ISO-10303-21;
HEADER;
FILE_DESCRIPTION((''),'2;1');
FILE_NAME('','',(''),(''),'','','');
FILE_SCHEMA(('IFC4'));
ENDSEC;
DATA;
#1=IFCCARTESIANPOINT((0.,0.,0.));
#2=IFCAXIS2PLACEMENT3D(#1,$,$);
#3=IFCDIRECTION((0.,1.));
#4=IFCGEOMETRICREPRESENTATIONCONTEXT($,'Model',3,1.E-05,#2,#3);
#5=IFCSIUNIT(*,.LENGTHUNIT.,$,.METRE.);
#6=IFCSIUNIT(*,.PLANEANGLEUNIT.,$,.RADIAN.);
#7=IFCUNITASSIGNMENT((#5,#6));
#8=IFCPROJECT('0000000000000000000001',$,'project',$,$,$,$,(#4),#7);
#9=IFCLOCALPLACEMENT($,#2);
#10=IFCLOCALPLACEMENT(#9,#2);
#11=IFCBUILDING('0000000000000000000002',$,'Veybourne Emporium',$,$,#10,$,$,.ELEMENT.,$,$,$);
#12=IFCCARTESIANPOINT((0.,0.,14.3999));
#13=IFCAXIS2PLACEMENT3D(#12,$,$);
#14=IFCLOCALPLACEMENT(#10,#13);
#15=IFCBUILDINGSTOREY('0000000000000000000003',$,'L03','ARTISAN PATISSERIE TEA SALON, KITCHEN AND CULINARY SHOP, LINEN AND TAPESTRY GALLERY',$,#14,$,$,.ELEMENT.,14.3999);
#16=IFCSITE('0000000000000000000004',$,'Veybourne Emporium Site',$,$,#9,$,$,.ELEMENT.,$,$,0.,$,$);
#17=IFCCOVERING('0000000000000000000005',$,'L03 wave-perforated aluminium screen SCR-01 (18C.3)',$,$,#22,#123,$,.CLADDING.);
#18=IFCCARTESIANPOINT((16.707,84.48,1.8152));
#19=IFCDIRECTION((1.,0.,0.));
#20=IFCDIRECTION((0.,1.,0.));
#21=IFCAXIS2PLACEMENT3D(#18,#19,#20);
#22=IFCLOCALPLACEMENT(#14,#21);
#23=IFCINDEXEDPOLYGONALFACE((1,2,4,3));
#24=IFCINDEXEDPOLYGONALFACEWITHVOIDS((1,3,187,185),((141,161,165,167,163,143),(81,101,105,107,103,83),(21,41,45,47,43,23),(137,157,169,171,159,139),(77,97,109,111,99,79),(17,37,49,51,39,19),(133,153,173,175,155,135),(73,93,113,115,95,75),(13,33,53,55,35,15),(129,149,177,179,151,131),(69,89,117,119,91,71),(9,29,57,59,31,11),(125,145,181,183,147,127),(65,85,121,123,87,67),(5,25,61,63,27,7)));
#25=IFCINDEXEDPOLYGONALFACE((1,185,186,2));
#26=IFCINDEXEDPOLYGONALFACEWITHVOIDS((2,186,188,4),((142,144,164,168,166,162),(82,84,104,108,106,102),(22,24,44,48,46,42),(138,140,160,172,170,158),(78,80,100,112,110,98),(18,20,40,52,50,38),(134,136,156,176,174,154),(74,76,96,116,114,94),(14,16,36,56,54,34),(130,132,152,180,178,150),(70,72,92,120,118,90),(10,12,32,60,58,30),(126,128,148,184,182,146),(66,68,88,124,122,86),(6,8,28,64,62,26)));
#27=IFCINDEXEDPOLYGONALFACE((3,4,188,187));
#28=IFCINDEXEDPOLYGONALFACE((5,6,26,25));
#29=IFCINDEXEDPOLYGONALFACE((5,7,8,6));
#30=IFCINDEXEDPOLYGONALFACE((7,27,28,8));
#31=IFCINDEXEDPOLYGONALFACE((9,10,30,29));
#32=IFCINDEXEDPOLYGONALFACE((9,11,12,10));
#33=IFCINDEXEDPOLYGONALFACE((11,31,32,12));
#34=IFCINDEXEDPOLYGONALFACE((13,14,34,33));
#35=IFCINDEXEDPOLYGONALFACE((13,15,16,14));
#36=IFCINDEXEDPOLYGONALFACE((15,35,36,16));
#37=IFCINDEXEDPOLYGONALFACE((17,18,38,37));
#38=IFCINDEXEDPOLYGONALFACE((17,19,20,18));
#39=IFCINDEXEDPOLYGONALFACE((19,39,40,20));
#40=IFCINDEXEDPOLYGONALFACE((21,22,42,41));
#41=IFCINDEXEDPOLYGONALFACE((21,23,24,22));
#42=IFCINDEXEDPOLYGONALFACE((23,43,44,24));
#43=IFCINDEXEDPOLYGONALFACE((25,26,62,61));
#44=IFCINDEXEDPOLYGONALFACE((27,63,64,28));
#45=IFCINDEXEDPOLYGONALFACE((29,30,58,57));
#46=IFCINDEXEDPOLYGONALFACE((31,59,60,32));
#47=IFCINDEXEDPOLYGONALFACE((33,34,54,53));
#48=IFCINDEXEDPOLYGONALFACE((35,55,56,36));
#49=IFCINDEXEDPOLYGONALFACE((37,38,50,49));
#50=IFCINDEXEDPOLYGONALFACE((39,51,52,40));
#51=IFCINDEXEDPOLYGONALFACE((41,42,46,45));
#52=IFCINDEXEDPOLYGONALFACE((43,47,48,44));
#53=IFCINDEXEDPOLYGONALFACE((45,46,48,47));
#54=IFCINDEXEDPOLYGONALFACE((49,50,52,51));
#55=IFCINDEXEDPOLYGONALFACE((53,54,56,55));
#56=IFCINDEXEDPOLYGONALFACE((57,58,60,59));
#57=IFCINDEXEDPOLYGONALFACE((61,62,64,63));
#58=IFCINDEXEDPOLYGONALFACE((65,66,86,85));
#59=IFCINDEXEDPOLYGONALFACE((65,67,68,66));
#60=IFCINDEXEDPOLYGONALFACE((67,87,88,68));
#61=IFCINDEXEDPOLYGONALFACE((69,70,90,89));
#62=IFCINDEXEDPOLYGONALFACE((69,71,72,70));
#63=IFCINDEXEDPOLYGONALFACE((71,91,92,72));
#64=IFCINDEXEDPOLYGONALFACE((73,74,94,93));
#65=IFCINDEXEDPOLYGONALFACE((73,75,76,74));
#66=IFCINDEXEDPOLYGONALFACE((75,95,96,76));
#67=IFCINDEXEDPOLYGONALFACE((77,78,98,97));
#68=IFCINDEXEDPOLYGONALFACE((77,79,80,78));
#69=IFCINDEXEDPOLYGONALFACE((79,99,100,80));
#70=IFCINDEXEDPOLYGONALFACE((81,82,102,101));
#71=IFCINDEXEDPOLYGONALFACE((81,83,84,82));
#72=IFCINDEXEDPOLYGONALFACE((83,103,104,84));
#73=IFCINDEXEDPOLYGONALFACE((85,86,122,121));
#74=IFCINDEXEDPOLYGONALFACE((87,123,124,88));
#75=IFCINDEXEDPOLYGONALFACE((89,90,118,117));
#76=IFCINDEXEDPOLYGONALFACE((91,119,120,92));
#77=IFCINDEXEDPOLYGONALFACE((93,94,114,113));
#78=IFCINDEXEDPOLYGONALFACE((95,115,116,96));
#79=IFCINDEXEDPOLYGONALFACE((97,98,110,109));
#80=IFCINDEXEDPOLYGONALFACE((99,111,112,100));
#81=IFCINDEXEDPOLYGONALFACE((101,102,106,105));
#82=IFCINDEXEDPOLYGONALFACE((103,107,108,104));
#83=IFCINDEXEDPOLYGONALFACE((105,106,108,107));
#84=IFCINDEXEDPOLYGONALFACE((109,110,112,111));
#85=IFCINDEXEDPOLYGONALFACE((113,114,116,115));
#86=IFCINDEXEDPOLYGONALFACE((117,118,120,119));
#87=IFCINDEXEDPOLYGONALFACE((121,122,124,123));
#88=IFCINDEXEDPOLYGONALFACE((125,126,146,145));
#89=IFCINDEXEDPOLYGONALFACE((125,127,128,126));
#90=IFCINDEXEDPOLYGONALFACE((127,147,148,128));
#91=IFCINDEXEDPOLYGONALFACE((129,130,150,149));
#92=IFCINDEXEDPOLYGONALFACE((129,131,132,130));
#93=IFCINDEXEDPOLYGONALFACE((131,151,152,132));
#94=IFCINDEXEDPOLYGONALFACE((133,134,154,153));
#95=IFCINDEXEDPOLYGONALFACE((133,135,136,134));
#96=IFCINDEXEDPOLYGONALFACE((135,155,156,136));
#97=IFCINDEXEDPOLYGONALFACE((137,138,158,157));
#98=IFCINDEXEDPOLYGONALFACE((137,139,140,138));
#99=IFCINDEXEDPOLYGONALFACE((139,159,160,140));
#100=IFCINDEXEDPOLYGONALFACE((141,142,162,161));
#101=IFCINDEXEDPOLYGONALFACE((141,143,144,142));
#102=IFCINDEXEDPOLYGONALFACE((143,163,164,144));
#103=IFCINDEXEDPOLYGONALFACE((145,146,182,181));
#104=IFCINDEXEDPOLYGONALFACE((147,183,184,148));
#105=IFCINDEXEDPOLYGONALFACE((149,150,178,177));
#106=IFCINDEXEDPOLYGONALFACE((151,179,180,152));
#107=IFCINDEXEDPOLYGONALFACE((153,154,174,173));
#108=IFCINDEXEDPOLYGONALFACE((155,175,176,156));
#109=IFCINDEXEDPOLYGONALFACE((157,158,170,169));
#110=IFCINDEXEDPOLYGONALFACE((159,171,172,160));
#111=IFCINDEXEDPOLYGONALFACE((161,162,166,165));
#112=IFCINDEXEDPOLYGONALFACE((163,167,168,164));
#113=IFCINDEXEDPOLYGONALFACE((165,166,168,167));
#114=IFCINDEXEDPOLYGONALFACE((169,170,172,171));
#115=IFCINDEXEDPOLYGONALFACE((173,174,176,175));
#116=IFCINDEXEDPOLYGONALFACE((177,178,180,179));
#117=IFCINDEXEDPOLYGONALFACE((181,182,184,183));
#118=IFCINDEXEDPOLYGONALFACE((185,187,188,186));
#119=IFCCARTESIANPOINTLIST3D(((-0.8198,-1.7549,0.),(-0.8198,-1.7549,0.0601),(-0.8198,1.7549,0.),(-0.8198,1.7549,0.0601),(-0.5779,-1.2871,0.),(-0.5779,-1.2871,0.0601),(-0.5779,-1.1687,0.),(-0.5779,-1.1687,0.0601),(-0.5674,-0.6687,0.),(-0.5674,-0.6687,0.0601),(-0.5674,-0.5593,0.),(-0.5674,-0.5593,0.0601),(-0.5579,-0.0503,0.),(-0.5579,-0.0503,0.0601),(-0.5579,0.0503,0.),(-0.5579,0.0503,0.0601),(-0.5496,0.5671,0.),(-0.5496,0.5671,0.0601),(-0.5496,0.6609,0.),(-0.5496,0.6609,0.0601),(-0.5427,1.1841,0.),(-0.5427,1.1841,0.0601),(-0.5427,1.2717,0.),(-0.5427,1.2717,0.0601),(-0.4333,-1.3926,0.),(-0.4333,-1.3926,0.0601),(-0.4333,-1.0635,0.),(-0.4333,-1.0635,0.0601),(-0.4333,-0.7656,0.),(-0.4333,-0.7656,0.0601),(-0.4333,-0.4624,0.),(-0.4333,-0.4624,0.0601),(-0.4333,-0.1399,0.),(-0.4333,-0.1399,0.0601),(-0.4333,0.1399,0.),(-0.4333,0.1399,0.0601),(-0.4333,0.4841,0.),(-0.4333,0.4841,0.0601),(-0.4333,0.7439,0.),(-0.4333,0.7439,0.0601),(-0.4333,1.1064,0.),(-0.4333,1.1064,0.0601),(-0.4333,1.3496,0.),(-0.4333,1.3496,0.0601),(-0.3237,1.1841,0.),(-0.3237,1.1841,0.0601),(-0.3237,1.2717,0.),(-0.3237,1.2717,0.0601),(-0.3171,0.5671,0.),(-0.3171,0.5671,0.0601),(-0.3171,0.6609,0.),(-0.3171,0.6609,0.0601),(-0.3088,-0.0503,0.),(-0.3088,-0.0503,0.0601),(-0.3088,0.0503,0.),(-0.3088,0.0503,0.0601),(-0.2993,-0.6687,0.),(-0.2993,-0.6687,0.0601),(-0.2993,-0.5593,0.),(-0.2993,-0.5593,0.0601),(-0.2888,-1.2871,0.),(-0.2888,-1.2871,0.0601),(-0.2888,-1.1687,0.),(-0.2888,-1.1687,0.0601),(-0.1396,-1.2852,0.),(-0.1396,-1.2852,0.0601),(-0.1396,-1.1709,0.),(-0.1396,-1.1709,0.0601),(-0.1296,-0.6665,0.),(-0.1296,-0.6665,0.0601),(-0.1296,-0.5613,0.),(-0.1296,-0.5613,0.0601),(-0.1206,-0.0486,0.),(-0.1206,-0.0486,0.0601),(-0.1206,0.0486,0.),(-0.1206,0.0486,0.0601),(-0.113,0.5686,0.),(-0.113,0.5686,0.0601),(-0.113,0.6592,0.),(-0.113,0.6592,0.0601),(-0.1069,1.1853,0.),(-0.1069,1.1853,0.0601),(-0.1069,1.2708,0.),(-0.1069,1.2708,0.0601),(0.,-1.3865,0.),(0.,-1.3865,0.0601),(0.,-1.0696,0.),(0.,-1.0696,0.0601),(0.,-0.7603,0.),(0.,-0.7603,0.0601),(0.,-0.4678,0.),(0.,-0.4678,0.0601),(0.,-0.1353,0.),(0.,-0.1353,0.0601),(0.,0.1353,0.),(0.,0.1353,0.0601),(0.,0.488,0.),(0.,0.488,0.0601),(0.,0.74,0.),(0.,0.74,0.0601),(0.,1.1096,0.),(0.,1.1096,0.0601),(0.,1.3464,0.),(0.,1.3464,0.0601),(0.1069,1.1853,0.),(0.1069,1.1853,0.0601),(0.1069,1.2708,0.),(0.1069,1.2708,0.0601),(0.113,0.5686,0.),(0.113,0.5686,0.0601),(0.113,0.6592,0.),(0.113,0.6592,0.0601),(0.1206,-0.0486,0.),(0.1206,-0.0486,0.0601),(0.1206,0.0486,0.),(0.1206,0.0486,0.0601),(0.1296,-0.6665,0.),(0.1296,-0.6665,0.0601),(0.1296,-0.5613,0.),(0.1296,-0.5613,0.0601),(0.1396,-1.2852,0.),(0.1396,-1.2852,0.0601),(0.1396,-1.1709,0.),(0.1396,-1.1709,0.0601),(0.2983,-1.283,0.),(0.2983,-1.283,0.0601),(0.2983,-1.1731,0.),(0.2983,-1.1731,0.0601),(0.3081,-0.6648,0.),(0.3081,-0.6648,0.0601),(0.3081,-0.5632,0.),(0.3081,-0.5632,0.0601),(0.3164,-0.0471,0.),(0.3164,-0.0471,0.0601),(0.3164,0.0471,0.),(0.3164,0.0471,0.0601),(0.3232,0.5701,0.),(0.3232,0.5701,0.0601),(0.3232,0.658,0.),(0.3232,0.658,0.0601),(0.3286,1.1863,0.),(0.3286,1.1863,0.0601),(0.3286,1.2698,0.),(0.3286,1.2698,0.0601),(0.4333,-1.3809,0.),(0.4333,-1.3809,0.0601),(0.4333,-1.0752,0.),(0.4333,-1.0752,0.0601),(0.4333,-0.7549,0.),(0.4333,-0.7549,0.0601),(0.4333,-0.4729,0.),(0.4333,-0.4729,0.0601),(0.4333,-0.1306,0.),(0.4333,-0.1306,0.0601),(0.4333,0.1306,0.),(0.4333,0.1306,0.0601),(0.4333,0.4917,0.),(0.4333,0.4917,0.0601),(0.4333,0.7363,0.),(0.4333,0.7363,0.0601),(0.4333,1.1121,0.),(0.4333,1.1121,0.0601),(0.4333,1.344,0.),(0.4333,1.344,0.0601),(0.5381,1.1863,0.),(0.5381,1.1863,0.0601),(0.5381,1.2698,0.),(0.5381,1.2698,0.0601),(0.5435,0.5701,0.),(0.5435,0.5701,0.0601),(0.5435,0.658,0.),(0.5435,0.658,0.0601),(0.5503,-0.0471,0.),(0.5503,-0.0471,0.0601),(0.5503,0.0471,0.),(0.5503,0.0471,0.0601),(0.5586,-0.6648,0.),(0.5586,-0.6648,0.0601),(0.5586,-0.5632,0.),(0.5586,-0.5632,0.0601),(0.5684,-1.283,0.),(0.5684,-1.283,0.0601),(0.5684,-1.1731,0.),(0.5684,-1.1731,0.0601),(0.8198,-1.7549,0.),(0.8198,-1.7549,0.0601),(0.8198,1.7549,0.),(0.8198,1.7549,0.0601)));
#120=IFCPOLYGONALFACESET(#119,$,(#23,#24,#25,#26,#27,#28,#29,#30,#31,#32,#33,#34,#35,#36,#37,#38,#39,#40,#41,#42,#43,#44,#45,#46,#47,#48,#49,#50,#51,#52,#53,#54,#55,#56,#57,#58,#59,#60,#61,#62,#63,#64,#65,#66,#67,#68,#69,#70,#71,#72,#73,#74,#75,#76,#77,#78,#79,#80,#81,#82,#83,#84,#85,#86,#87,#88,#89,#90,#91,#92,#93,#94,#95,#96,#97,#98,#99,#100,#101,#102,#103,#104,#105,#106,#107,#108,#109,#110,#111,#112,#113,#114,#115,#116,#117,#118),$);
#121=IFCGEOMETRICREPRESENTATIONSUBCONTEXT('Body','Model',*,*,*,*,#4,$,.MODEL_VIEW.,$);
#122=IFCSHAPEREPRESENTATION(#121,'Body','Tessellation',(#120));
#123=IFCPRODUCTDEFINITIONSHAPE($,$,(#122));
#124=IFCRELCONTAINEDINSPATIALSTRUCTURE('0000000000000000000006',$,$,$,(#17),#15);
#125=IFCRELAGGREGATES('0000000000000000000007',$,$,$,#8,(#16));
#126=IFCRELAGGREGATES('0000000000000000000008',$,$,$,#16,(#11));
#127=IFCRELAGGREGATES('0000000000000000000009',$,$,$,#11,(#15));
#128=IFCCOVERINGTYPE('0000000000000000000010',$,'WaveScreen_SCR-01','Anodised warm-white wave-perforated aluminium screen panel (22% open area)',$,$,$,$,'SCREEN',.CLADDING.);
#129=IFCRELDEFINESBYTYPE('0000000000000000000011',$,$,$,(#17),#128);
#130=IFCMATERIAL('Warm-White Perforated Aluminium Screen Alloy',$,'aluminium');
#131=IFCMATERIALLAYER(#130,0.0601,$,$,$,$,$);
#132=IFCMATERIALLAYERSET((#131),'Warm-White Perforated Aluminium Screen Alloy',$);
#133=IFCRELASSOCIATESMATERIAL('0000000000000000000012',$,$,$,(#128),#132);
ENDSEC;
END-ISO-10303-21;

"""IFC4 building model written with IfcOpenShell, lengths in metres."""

from ifc_helpers import new_model, si_unit, direction, frame, origin, place, context, subcontext, project, spatial, polyline, outline, extrude, material, layer, layer_set, type_object, element, save


model = new_model("IFC4")

# Units and contexts
model_context = context("Model", 3, precision=1e-05, world=origin(), true_north=direction((0.0, 1.0)))
body_context = subcontext(model_context, "Body", "Model", "MODEL_VIEW")
ifc_project = project(units=[si_unit("LENGTHUNIT", "METRE"), si_unit("PLANEANGLEUNIT", "RADIAN")], contexts=[model_context])

# Site, building, storey
site_placement = place(None, origin())
site = spatial("IfcSite", under=ifc_project, at=site_placement, Name="Veybourne Emporium Site", CompositionType="ELEMENT", RefElevation=0.0)
building_placement = place(site_placement, origin())
building = spatial("IfcBuilding", under=site, at=building_placement, Name="Veybourne Emporium", CompositionType="ELEMENT")
storey_placement = place(building_placement, frame((0.0, 0.0, 14.3999)))
storey = spatial("IfcBuildingStorey", under=building, at=storey_placement, Name="L03", Description="ARTISAN PATISSERIE TEA SALON, KITCHEN AND CULINARY SHOP, LINEN AND TAPESTRY GALLERY", CompositionType="ELEMENT", Elevation=14.3999)

# Covering
ifc_material_1 = material(Name="Warm-White Perforated Aluminium Screen Alloy", Category="aluminium")
ifc_layer_1 = layer(ifc_material_1, 0.0601)
ifc_layer_set_1 = layer_set([ifc_layer_1], Name="Warm-White Perforated Aluminium Screen Alloy")
covering_type_1 = type_object("IfcCoveringType", Name="WaveScreen_SCR-01", Description="Anodised warm-white wave-perforated aluminium screen panel (22% open area)", ElementType="SCREEN", PredefinedType="CLADDING", material=ifc_layer_set_1)
covering_1_placement = place(storey_placement, frame((16.707, 84.48, 1.8152), z_axis=(1.0, 0.0, 0.0), x_axis=(0.0, 1.0, 0.0)))
element("IfcCovering", 1, at=covering_1_placement, inside=storey, type_object=covering_type_1, Name="L03 wave-perforated aluminium screen SCR-01 (18C.3)", PredefinedType="CLADDING", context=body_context, shape_type="SweptSolid", body=[
    extrude(outline(polyline([(-0.8198, -1.7549), (0.8198, -1.7549), (0.8198, 1.7549), (-0.8198, 1.7549), (-0.8198, -1.7549)]), holes=[polyline([(-0.4333, -1.0635), (-0.2888, -1.1687), (-0.2888, -1.2871), (-0.4333, -1.3926), (-0.5779, -1.2871), (-0.5779, -1.1687), (-0.4333, -1.0635)]), polyline([(-0.4333, -0.4624), (-0.2993, -0.5593), (-0.2993, -0.6687), (-0.4333, -0.7656), (-0.5674, -0.6687), (-0.5674, -0.5593), (-0.4333, -0.4624)]), polyline([(-0.4333, 0.1399), (-0.3088, 0.0503), (-0.3088, -0.0503), (-0.4333, -0.1399), (-0.5579, -0.0503), (-0.5579, 0.0503), (-0.4333, 0.1399)]), polyline([(-0.4333, 0.7439), (-0.3171, 0.6609), (-0.3171, 0.5671), (-0.4333, 0.4841), (-0.5496, 0.5671), (-0.5496, 0.6609), (-0.4333, 0.7439)]), polyline([(-0.4333, 1.3496), (-0.3237, 1.2717), (-0.3237, 1.1841), (-0.4333, 1.1064), (-0.5427, 1.1841), (-0.5427, 1.2717), (-0.4333, 1.3496)]), polyline([(0.0, -1.0696), (0.1396, -1.1709), (0.1396, -1.2852), (0.0, -1.3865), (-0.1396, -1.2852), (-0.1396, -1.1709), (0.0, -1.0696)]), polyline([(0.0, -0.4678), (0.1296, -0.5613), (0.1296, -0.6665), (0.0, -0.7603), (-0.1296, -0.6665), (-0.1296, -0.5613), (0.0, -0.4678)]), polyline([(0.0, 0.1353), (0.1206, 0.0486), (0.1206, -0.0486), (0.0, -0.1353), (-0.1206, -0.0486), (-0.1206, 0.0486), (0.0, 0.1353)]), polyline([(0.0, 0.74), (0.113, 0.6592), (0.113, 0.5686), (0.0, 0.488), (-0.113, 0.5686), (-0.113, 0.6592), (0.0, 0.74)]), polyline([(0.0, 1.3464), (0.1069, 1.2708), (0.1069, 1.1853), (0.0, 1.1096), (-0.1069, 1.1853), (-0.1069, 1.2708), (0.0, 1.3464)]), polyline([(0.4333, -1.0752), (0.5684, -1.1731), (0.5684, -1.283), (0.4333, -1.3809), (0.2983, -1.283), (0.2983, -1.1731), (0.4333, -1.0752)]), polyline([(0.4333, -0.4729), (0.5586, -0.5632), (0.5586, -0.6648), (0.4333, -0.7549), (0.3081, -0.6648), (0.3081, -0.5632), (0.4333, -0.4729)]), polyline([(0.4333, 0.1306), (0.5503, 0.0471), (0.5503, -0.0471), (0.4333, -0.1306), (0.3164, -0.0471), (0.3164, 0.0471), (0.4333, 0.1306)]), polyline([(0.4333, 0.7363), (0.5435, 0.658), (0.5435, 0.5701), (0.4333, 0.4917), (0.3232, 0.5701), (0.3232, 0.658), (0.4333, 0.7363)]), polyline([(0.4333, 1.344), (0.5381, 1.2698), (0.5381, 1.1863), (0.4333, 1.1121), (0.3286, 1.1863), (0.3286, 1.2698), (0.4333, 1.344)])]), origin(), (0.0, 0.0, 1.0), 0.0601),
])

save(model, "model.ifc")
